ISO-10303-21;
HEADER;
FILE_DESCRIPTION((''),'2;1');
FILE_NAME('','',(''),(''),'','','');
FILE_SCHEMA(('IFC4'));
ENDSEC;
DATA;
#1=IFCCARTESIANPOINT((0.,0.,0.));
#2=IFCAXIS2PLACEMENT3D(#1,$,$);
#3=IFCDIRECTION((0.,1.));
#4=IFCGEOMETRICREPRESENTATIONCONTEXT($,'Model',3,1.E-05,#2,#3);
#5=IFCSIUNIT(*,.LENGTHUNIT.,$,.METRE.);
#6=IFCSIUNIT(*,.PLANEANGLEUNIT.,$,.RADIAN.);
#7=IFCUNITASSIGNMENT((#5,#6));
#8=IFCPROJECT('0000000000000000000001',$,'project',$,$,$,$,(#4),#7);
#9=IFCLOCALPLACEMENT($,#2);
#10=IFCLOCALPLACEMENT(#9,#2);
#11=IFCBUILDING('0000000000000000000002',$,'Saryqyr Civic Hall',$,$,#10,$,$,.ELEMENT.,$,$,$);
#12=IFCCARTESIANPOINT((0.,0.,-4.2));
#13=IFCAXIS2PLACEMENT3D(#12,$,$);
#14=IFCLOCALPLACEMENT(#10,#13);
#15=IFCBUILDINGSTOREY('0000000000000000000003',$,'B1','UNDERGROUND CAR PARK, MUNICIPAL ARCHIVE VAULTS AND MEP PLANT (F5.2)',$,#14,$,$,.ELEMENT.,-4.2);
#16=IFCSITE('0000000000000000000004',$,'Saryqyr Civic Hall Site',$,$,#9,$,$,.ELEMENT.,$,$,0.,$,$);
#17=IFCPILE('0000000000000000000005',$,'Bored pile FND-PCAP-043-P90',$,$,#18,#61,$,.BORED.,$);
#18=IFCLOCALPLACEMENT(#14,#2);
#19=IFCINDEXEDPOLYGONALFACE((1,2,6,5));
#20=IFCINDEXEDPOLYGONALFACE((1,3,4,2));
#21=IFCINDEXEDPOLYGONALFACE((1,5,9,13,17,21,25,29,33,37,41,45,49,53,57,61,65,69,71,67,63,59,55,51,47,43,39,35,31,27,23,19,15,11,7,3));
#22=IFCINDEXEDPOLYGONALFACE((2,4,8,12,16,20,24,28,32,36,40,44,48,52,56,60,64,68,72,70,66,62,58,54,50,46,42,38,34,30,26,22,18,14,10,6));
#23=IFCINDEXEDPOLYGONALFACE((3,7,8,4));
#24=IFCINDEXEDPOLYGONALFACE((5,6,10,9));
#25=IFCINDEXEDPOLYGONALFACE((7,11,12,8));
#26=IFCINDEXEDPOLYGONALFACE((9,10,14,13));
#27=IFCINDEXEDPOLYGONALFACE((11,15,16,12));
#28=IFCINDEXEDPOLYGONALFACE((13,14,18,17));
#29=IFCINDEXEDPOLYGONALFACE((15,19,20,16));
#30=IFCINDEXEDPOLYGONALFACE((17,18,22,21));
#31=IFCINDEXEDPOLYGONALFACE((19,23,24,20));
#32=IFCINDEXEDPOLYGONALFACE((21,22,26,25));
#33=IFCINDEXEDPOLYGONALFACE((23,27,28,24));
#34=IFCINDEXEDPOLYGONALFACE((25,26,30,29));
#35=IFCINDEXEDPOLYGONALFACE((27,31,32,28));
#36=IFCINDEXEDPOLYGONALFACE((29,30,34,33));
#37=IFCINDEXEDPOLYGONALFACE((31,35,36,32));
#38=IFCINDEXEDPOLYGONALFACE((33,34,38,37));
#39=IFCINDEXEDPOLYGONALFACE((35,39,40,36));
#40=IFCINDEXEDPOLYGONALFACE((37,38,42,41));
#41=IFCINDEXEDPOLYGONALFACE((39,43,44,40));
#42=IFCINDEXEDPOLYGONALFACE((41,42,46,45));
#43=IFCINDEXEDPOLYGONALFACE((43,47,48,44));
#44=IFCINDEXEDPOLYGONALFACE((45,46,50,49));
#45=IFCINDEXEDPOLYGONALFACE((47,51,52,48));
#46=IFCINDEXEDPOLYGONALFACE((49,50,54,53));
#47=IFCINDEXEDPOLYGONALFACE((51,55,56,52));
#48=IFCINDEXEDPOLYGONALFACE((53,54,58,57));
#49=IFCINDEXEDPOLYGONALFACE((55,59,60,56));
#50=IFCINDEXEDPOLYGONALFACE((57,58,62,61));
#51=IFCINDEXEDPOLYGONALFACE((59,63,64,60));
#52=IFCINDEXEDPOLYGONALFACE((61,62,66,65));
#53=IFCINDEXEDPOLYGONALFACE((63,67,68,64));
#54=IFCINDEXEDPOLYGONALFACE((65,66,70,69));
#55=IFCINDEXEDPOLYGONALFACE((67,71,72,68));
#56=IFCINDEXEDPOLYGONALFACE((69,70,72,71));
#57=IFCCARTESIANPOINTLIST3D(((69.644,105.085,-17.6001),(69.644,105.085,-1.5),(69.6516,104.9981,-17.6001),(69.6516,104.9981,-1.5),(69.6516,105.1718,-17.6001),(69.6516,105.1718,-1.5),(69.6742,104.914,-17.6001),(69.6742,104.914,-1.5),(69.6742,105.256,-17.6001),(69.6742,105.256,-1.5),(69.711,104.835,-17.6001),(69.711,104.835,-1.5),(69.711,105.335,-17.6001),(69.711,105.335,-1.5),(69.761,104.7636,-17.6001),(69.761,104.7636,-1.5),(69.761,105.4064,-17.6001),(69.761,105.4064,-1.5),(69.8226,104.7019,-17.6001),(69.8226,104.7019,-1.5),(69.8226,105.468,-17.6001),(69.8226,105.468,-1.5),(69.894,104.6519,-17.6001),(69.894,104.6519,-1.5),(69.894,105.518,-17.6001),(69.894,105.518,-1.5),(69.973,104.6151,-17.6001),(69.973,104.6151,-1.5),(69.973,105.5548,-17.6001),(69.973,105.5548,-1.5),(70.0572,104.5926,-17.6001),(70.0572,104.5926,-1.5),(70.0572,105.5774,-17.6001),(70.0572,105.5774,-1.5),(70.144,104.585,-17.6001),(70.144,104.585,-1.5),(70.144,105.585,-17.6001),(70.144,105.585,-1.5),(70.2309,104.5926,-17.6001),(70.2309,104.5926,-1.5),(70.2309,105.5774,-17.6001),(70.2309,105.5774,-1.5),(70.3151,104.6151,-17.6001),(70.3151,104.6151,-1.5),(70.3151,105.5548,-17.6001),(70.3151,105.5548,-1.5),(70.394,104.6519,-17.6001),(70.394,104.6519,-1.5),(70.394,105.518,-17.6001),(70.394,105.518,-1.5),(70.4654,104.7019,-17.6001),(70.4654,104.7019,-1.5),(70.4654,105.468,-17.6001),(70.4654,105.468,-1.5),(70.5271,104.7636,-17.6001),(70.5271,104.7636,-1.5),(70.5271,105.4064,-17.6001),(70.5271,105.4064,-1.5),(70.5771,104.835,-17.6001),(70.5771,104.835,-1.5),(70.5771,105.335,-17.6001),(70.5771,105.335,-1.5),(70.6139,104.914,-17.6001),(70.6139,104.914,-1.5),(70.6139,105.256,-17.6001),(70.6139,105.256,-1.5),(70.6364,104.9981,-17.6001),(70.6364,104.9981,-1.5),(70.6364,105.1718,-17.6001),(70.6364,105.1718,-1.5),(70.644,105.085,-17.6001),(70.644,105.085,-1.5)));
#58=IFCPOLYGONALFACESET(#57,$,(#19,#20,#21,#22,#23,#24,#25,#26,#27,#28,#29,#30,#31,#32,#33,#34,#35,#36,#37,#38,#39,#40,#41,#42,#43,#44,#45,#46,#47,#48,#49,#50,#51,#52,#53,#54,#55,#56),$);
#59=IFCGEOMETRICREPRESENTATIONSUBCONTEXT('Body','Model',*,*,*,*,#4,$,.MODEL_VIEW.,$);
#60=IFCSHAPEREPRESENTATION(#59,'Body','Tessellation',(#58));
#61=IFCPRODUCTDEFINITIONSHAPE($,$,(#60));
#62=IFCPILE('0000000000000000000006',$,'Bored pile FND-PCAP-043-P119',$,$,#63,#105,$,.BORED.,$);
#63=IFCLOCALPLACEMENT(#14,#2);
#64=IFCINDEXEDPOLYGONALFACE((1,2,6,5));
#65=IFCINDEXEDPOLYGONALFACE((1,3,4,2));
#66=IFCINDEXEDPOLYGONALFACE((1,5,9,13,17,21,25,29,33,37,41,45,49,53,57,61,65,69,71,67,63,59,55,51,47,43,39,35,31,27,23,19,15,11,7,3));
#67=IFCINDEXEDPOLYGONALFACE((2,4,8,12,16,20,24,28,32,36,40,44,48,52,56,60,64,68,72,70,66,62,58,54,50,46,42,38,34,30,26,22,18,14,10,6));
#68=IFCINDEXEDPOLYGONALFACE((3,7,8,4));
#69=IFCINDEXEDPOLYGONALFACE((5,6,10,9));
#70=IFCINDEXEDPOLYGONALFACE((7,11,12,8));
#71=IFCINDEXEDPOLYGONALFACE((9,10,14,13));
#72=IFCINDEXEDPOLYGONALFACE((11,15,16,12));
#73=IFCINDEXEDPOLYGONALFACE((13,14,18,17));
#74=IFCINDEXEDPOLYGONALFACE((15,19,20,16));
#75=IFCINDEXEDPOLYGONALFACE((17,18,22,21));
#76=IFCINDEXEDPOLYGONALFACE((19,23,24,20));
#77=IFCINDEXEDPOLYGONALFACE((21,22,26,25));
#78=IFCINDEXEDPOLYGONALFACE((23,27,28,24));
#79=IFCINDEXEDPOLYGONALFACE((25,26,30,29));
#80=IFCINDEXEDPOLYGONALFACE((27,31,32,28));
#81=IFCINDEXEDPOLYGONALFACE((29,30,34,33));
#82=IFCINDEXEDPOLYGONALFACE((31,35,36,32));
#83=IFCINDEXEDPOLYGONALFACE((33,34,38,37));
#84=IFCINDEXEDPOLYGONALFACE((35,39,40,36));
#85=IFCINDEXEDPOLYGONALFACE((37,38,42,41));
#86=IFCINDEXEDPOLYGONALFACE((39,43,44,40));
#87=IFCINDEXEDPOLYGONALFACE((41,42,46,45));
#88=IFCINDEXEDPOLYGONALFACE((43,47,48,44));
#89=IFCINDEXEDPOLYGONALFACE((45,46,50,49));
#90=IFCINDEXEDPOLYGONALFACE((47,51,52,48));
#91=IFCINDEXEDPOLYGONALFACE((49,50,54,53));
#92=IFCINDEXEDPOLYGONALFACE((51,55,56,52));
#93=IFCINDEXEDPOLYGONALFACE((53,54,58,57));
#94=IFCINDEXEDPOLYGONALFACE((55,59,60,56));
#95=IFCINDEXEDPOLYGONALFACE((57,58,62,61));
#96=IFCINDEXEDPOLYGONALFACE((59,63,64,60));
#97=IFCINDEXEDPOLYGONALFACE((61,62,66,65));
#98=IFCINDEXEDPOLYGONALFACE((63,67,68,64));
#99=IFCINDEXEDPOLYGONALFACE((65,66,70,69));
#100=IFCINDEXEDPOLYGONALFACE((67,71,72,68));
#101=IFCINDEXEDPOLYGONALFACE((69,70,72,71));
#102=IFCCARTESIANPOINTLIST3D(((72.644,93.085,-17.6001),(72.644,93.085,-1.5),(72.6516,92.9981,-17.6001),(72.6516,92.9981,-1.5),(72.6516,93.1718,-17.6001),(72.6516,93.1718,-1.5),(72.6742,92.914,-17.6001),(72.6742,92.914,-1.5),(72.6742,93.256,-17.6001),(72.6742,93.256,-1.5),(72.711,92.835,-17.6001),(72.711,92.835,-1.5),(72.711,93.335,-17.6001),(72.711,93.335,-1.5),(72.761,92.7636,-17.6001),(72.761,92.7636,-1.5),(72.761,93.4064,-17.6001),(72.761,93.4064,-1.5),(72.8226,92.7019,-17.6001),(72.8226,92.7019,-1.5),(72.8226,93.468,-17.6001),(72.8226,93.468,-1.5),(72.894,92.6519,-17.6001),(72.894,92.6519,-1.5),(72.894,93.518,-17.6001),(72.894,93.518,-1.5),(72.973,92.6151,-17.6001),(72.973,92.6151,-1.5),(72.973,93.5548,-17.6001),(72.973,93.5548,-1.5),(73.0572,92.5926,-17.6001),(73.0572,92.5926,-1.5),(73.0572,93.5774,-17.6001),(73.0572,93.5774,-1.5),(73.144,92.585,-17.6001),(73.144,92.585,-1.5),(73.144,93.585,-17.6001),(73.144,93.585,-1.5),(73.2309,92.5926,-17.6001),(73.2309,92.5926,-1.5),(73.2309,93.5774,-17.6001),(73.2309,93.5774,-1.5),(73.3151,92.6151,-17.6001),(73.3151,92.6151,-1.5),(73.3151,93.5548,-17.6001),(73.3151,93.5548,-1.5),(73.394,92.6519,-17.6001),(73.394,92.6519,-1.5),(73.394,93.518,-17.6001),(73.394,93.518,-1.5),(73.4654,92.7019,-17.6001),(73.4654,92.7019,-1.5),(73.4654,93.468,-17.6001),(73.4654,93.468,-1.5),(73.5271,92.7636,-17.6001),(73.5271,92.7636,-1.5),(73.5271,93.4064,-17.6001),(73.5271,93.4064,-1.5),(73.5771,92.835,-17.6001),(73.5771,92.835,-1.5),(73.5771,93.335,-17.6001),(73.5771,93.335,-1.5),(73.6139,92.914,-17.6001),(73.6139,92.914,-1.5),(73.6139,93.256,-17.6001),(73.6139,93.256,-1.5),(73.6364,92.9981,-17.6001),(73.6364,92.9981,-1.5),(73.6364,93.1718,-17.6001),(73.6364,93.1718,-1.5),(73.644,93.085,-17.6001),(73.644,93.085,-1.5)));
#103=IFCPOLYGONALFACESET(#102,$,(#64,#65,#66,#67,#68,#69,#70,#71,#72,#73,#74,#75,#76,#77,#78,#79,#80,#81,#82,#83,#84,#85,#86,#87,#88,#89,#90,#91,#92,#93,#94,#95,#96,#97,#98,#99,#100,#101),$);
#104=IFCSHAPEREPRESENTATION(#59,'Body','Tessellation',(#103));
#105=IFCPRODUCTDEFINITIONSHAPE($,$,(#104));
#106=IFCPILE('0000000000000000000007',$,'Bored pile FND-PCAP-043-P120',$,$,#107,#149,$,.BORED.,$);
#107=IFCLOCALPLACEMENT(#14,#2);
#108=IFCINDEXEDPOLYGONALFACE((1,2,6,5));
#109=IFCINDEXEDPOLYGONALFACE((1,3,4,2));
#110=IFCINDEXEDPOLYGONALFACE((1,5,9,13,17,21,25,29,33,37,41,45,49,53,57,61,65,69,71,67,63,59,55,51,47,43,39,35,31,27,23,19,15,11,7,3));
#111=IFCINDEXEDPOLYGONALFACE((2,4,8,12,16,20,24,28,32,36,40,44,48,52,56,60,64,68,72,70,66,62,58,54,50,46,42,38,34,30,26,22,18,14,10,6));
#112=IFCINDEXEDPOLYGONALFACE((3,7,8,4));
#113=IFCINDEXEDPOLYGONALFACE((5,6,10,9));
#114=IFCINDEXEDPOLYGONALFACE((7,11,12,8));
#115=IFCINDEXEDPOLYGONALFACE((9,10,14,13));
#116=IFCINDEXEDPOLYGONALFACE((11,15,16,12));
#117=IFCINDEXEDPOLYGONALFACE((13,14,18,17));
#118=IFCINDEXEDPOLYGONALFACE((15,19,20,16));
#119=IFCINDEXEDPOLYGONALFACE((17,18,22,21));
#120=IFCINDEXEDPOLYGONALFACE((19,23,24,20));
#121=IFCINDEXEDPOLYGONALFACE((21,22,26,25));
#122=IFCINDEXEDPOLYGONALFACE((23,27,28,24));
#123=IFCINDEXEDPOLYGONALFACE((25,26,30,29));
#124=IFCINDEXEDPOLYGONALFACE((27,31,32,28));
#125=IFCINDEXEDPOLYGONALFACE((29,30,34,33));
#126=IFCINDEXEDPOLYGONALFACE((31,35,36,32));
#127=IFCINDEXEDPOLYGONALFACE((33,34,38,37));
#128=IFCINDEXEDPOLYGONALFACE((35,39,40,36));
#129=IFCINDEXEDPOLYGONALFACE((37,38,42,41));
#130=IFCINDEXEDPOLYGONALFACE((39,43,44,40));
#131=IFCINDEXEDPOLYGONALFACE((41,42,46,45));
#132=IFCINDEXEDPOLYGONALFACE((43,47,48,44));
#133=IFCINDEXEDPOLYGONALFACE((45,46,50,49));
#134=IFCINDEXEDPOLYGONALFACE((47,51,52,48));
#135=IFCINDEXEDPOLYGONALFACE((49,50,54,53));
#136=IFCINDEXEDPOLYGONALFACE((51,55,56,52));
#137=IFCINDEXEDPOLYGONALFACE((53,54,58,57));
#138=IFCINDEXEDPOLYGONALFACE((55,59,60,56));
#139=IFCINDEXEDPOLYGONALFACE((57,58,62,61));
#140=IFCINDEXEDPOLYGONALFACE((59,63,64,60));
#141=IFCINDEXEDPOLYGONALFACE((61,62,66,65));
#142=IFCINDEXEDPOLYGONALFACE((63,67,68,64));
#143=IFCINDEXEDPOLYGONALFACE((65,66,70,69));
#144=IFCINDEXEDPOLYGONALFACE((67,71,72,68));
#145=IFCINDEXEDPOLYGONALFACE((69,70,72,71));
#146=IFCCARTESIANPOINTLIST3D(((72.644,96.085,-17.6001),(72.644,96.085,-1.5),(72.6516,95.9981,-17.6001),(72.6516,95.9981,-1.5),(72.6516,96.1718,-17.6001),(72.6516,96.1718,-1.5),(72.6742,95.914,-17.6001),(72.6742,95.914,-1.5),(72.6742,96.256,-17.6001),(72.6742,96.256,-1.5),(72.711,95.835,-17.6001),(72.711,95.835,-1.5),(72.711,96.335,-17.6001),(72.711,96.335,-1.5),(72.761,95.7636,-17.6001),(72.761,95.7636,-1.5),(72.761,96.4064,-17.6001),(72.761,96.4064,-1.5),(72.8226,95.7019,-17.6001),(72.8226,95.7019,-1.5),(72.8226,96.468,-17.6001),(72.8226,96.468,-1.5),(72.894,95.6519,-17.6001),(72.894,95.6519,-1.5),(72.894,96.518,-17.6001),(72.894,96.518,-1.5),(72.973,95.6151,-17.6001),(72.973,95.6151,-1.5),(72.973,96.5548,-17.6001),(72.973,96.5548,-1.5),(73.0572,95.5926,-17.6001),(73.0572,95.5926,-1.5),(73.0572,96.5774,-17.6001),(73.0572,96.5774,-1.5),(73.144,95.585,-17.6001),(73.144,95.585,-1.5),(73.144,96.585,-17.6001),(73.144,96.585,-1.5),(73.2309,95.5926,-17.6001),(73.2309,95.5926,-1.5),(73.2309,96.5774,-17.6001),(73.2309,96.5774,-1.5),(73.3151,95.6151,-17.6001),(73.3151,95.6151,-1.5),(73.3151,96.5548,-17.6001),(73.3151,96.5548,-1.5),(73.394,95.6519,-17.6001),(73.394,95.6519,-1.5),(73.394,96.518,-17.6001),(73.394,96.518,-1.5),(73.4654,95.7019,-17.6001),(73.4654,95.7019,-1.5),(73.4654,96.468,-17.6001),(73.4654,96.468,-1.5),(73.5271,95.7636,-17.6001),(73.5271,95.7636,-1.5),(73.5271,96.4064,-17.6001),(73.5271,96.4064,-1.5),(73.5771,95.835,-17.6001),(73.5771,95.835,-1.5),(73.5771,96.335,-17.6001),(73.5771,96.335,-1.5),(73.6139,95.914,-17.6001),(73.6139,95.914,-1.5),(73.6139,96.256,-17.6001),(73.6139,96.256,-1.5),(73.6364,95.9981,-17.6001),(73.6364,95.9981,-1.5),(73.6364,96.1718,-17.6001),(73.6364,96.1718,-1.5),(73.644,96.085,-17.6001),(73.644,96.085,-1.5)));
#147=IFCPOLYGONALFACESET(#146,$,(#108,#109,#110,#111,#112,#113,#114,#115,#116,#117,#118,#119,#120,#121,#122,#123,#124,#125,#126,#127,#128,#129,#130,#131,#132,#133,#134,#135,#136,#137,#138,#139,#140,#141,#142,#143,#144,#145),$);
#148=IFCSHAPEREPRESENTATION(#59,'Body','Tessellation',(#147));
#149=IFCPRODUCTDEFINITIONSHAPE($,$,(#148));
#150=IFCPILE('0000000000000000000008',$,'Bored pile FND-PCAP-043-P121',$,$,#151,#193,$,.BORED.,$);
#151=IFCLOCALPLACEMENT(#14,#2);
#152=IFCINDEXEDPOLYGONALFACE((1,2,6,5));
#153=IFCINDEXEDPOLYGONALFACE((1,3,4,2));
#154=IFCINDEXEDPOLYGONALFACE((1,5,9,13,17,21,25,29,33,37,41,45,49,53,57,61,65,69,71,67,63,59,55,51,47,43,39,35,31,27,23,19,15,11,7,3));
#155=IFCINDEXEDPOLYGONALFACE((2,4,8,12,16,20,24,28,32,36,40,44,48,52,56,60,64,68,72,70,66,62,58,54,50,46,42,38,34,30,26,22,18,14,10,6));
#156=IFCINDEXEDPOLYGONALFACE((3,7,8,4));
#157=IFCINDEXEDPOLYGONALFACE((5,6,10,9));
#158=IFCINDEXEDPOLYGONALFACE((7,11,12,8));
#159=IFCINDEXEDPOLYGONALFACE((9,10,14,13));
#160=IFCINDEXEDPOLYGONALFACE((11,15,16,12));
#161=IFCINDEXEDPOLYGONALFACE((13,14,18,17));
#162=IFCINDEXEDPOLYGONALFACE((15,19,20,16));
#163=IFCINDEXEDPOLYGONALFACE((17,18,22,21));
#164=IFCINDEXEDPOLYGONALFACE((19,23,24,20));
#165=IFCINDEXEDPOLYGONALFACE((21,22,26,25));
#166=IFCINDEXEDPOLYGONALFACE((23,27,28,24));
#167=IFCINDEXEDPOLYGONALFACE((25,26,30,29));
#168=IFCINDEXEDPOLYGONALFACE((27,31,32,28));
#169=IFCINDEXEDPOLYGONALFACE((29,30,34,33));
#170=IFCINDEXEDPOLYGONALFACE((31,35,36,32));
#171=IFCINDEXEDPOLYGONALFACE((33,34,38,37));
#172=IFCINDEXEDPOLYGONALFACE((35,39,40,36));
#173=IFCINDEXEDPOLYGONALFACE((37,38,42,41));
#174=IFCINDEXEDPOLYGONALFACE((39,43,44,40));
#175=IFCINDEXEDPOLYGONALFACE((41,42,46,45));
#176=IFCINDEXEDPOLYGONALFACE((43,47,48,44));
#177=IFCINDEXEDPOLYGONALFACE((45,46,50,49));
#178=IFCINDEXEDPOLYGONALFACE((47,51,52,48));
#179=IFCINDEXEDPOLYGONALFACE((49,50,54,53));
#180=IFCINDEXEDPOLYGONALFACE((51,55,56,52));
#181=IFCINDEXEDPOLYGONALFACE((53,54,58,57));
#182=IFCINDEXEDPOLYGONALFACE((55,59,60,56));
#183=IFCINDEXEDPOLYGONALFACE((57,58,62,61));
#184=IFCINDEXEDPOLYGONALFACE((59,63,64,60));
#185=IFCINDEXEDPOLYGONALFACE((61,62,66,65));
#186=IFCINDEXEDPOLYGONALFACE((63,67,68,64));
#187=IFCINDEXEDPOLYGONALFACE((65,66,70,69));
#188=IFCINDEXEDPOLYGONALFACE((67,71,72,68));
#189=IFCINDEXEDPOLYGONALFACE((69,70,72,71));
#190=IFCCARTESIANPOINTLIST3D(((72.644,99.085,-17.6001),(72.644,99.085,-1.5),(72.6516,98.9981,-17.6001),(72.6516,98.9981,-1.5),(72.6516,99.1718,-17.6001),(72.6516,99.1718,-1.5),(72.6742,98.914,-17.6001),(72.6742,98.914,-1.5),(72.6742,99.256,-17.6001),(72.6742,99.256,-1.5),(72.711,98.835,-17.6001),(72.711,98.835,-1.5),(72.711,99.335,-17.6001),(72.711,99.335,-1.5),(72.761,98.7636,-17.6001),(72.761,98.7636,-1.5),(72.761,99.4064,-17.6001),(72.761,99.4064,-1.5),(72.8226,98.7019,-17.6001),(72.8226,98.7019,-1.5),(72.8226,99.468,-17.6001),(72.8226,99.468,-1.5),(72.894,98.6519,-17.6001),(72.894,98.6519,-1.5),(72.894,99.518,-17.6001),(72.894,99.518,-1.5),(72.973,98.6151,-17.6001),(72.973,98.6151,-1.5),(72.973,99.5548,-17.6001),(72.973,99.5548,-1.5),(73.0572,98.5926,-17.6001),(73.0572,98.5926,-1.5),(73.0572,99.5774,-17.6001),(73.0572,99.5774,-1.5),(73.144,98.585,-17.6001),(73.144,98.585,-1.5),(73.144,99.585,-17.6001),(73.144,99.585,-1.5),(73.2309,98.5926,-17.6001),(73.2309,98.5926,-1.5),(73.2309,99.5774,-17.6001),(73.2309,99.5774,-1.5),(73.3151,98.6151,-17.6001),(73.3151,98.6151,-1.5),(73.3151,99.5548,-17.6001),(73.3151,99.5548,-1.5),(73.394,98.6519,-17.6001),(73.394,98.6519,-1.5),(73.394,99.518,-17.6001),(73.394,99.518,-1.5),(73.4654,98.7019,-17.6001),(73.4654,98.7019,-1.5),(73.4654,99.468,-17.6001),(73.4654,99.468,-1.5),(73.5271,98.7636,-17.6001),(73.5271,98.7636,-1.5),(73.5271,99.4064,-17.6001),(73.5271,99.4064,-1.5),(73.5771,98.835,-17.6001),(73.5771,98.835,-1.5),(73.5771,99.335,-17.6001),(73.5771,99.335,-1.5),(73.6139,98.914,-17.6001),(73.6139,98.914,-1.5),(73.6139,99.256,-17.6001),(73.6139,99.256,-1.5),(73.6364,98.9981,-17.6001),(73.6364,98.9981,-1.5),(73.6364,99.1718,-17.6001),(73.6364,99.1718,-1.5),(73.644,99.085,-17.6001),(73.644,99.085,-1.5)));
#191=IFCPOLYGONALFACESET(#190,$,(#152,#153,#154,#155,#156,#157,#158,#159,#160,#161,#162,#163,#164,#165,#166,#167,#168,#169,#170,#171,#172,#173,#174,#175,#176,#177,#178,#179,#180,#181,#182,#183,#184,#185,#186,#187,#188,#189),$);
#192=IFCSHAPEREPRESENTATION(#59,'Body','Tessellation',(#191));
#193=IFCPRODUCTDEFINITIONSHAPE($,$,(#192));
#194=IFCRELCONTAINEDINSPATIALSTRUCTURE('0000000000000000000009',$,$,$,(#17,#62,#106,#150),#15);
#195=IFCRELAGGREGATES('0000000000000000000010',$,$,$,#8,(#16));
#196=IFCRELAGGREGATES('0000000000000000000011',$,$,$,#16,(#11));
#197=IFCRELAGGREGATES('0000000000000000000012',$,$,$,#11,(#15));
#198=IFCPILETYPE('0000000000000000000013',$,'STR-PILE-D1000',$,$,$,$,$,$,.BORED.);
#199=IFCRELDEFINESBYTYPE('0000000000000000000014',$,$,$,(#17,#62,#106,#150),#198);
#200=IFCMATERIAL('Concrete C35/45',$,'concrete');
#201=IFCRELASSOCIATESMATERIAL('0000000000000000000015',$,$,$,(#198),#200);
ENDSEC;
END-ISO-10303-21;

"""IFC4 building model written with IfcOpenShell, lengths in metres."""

from ifc_helpers import new_model, si_unit, direction, frame, origin, origin_2d, place, context, subcontext, project, spatial, circle, extrude, material, material_profile, profile_set, type_object, element, save


model = new_model("IFC4")

# Units and contexts
model_context = context("Model", 3, precision=1e-05, world=origin(), true_north=direction((0.0, 1.0)))
body_context = subcontext(model_context, "Body", "Model", "MODEL_VIEW")
ifc_project = project(units=[si_unit("LENGTHUNIT", "METRE"), si_unit("PLANEANGLEUNIT", "RADIAN")], contexts=[model_context])

# Site, building, storey
site_placement = place(None, origin())
site = spatial("IfcSite", under=ifc_project, at=site_placement, Name="Saryqyr Civic Hall Site", CompositionType="ELEMENT", RefElevation=0.0)
building_placement = place(site_placement, origin())
building = spatial("IfcBuilding", under=site, at=building_placement, Name="Saryqyr Civic Hall", CompositionType="ELEMENT")
storey_placement = place(building_placement, frame((0.0, 0.0, -4.2)))
storey = spatial("IfcBuildingStorey", under=building, at=storey_placement, Name="B1", Description="UNDERGROUND CAR PARK, MUNICIPAL ARCHIVE VAULTS AND MEP PLANT (F5.2)", CompositionType="ELEMENT", Elevation=-4.2)

# Piles
ifc_material_1 = material(Name="Concrete C35/45", Category="concrete")
ifc_material_profile_1 = material_profile(ifc_material_1, circle(Radius=0.5, at=origin_2d()), Name="BORED PILE D1000")
ifc_profile_set_1 = profile_set([ifc_material_profile_1], Name="Concrete C35/45")
pile_type = type_object("IfcPileType", Name="STR-PILE-D1000", PredefinedType="BORED", material=ifc_profile_set_1)
for number, where, z_axis, x_axis, name in (
    (1, (70.144, 105.085, -1.5), (0.0, 0.0, -1.0), (1.0, 0.0, 0.0), "Bored pile FND-PCAP-043-P90"),
    (2, (73.144, 93.085, -1.5), (0.0, 0.0, -1.0), (1.0, 0.0, 0.0), "Bored pile FND-PCAP-043-P119"),
    (3, (73.144, 96.085, -1.5), (0.0, 0.0, -1.0), (1.0, 0.0, 0.0), "Bored pile FND-PCAP-043-P120"),
    (4, (73.144, 99.085, -1.5), (0.0, 0.0, -1.0), (1.0, 0.0, 0.0), "Bored pile FND-PCAP-043-P121"),
):
    element("IfcPile", number, at=place(storey_placement, frame(where, z_axis=z_axis, x_axis=x_axis)), inside=storey, type_object=pile_type, Name=name, PredefinedType="BORED", context=body_context, shape_type="SweptSolid", body=[
        extrude(circle(Radius=0.5, at=origin_2d()), origin(), (0.0, 0.0, 1.0), 16.1001),
    ])

save(model, "model.ifc")
